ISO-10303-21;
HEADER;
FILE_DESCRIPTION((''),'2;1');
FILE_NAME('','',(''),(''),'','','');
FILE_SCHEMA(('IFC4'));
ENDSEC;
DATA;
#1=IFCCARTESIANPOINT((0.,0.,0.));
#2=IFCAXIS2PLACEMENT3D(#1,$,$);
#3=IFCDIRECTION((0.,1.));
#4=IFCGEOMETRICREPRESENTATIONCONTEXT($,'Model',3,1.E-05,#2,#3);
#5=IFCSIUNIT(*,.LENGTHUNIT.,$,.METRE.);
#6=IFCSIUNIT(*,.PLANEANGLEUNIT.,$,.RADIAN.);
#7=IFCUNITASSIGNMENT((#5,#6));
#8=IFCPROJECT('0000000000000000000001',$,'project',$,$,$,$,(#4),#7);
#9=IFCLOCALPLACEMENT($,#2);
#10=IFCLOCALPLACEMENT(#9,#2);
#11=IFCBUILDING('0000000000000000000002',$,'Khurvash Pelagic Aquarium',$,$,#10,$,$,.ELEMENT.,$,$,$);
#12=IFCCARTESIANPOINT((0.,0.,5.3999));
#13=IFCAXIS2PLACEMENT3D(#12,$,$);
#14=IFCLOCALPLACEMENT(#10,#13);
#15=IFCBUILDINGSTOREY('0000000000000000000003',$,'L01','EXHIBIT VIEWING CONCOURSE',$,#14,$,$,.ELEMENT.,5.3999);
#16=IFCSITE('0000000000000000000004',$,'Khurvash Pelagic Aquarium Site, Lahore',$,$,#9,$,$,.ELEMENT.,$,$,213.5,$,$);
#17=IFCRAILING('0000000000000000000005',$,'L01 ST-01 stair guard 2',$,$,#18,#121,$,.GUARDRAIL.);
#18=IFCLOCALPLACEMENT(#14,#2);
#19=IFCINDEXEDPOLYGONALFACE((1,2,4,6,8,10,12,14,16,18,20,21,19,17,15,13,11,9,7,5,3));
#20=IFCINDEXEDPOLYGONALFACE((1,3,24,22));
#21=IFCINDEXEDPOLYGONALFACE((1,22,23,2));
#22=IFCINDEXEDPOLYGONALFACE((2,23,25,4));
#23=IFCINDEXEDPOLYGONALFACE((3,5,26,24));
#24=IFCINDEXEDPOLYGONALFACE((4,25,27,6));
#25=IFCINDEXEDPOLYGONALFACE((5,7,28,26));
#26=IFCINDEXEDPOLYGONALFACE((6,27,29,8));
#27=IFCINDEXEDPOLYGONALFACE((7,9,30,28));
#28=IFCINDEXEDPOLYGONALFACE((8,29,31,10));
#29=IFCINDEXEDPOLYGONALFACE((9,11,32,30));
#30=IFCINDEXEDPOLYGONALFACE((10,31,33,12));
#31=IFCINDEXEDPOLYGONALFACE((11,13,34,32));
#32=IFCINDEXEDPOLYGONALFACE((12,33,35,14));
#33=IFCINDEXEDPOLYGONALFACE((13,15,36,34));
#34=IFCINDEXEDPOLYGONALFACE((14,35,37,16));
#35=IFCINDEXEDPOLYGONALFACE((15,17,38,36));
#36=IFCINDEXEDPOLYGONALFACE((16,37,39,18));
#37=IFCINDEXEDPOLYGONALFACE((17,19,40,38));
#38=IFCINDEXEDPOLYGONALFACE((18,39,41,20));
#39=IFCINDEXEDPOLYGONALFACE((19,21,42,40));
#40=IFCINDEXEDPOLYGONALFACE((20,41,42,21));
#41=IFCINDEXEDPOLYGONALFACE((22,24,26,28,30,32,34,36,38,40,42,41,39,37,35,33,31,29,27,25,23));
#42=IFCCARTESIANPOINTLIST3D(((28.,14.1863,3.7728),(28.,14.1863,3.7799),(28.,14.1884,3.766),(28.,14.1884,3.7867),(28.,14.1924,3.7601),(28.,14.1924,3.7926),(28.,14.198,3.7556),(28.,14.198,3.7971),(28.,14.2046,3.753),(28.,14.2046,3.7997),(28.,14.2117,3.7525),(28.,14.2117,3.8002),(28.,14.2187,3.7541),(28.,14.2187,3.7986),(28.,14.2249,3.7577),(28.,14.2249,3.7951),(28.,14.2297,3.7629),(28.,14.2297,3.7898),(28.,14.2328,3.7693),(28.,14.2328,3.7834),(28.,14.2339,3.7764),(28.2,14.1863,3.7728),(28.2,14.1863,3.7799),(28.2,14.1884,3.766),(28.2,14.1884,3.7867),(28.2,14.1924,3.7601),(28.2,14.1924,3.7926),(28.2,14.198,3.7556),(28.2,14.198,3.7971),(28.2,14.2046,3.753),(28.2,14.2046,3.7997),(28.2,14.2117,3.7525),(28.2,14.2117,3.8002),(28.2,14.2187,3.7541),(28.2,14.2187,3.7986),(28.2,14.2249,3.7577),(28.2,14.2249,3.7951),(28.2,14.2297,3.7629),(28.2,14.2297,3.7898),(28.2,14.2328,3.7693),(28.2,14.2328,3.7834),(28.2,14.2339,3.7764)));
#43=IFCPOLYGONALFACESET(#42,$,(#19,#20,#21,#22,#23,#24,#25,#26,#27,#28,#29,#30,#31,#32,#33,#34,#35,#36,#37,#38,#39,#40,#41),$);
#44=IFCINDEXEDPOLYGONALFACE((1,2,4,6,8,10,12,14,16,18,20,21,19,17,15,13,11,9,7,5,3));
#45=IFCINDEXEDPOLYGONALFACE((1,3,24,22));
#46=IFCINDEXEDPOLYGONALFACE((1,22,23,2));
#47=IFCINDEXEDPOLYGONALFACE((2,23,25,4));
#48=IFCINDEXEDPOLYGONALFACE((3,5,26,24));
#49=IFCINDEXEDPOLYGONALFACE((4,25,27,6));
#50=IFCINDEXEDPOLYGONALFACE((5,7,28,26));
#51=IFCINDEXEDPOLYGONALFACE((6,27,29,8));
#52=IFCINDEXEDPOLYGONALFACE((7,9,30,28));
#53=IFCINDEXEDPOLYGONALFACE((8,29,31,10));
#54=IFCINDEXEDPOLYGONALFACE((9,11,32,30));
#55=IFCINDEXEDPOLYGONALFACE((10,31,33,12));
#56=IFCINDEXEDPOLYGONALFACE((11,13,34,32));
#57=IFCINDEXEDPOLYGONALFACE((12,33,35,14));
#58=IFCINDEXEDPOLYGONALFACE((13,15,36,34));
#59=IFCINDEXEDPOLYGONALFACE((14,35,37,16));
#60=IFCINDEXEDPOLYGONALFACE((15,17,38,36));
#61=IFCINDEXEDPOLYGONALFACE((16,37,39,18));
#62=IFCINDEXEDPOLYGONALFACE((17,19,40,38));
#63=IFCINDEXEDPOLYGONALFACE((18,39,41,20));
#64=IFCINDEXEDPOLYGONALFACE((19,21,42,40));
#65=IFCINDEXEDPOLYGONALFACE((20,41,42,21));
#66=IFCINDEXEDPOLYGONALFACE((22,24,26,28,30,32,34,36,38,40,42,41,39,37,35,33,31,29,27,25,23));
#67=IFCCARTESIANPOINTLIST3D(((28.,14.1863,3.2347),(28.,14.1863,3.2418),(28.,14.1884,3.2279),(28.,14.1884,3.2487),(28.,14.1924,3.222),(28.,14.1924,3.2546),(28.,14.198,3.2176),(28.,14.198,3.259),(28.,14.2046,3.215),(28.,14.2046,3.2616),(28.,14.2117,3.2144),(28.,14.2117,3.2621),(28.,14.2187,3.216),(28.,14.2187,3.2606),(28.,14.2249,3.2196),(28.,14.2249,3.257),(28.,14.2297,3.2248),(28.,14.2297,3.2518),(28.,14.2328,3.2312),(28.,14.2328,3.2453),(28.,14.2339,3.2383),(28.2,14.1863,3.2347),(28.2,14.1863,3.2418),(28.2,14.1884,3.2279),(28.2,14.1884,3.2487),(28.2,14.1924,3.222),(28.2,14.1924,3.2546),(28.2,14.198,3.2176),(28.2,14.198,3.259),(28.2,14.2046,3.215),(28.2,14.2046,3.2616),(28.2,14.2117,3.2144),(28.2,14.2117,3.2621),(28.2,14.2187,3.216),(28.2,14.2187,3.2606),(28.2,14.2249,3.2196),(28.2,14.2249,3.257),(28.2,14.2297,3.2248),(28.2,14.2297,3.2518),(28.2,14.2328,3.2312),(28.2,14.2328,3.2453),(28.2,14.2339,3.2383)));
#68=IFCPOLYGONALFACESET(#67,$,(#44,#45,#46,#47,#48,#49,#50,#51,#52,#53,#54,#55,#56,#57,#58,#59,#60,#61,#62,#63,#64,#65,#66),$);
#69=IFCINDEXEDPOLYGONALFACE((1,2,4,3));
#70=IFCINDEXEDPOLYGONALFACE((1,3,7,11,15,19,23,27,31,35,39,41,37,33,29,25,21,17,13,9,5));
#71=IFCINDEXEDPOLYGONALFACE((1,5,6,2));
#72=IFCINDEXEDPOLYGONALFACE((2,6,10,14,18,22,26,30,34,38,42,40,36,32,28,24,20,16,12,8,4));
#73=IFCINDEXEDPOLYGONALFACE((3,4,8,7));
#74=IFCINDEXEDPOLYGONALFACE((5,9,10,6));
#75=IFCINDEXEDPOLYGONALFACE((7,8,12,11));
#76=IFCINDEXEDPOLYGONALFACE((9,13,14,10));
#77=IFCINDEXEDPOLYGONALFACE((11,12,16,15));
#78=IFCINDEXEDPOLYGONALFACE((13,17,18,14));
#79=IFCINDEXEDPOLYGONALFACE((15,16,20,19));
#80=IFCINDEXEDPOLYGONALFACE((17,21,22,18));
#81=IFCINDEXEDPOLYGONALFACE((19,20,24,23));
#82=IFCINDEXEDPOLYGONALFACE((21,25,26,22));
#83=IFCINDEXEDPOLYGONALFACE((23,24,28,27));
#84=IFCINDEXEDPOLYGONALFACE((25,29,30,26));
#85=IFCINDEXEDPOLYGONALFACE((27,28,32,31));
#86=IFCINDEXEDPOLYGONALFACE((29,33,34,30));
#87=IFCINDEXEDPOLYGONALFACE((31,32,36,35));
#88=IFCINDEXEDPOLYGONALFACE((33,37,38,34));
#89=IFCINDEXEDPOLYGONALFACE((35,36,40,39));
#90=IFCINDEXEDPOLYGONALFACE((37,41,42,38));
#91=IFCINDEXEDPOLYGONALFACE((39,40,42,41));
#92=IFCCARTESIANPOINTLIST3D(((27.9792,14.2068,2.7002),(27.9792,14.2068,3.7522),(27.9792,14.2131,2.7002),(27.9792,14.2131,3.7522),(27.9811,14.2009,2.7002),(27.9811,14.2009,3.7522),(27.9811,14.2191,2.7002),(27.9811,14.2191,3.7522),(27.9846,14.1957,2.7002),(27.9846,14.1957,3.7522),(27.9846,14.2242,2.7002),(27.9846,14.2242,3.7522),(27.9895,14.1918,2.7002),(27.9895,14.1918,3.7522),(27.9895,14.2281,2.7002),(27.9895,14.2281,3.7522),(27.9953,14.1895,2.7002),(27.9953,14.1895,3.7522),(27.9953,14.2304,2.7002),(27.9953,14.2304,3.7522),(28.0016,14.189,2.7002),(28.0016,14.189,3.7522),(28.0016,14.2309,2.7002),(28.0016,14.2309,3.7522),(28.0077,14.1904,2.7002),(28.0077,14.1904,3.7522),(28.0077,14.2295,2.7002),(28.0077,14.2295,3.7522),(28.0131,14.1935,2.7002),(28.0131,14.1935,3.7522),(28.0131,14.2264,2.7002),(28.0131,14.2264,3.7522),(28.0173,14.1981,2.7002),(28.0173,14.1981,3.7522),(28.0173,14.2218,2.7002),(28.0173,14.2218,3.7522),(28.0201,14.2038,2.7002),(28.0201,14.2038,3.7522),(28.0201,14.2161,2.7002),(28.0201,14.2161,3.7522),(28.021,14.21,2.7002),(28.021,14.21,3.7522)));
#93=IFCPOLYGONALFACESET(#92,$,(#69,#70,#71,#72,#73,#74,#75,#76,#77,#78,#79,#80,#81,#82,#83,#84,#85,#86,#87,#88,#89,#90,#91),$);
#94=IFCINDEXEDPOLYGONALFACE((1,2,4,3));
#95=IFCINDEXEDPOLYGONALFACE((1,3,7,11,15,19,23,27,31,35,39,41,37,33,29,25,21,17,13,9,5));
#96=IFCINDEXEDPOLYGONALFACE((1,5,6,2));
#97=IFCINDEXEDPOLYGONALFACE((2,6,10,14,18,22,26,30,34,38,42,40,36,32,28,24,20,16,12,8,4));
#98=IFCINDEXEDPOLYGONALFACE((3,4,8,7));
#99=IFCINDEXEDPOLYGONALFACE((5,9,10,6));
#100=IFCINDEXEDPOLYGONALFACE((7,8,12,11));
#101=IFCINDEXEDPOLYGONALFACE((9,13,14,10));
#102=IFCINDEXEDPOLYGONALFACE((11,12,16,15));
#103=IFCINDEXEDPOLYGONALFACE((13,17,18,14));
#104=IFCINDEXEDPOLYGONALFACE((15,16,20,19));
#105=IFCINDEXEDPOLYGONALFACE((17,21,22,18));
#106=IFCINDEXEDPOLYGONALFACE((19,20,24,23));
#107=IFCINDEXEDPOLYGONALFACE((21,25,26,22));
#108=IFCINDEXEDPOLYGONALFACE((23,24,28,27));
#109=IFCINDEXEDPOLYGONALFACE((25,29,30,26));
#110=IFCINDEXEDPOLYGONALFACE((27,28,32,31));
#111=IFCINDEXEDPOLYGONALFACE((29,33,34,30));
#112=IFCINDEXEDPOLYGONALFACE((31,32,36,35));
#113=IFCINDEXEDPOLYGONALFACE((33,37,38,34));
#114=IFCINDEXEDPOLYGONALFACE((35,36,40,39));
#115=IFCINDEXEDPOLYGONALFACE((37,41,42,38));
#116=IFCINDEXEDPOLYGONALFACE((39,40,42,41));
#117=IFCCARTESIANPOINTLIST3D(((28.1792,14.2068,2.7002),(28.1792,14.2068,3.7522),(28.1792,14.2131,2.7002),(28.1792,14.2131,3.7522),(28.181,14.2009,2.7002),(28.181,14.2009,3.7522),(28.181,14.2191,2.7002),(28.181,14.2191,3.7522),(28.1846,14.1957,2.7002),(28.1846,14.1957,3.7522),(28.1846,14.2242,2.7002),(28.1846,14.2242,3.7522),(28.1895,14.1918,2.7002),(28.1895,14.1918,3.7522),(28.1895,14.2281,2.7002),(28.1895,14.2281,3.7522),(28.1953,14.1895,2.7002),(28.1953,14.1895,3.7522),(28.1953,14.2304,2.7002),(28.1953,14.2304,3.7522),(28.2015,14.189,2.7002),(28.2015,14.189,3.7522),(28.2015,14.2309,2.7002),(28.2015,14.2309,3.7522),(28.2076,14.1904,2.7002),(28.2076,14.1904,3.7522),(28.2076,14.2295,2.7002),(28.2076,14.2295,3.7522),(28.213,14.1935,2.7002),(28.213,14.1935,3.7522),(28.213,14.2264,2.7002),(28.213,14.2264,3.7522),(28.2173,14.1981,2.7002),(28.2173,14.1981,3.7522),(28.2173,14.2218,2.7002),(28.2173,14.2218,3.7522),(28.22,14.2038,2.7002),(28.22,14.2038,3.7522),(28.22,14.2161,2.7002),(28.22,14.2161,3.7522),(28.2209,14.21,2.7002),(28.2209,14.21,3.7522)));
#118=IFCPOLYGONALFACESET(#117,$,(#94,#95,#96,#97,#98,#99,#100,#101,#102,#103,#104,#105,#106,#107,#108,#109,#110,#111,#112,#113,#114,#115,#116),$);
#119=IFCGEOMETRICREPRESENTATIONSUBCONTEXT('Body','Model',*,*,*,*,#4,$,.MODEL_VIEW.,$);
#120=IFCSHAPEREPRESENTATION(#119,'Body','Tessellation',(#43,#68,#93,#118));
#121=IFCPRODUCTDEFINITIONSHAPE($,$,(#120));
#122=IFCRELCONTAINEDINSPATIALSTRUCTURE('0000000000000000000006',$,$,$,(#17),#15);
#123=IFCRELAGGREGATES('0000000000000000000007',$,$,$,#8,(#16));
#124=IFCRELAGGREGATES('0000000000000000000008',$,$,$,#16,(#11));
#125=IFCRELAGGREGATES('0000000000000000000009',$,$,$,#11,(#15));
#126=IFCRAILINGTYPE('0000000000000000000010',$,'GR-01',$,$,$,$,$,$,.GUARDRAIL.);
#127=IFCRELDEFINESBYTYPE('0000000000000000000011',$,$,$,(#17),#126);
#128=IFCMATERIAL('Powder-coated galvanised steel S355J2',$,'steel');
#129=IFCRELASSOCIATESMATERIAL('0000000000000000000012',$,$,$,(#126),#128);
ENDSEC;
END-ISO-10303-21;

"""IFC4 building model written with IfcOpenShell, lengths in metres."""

from ifc_helpers import new_model, si_unit, direction, frame, origin, origin_2d, place, context, subcontext, project, spatial, circle, extrude, material, type_object, element, save


model = new_model("IFC4")

# Units and contexts
model_context = context("Model", 3, precision=1e-05, world=origin(), true_north=direction((0.0, 1.0)))
body_context = subcontext(model_context, "Body", "Model", "MODEL_VIEW")
ifc_project = project(units=[si_unit("LENGTHUNIT", "METRE"), si_unit("PLANEANGLEUNIT", "RADIAN")], contexts=[model_context])

# Site, building, storey
site_placement = place(None, origin())
site = spatial("IfcSite", under=ifc_project, at=site_placement, Name="Khurvash Pelagic Aquarium Site, Lahore", CompositionType="ELEMENT", RefElevation=213.5)
building_placement = place(site_placement, origin())
building = spatial("IfcBuilding", under=site, at=building_placement, Name="Khurvash Pelagic Aquarium", CompositionType="ELEMENT")
storey_placement = place(building_placement, frame((0.0, 0.0, 5.3999)))
storey = spatial("IfcBuildingStorey", under=building, at=storey_placement, Name="L01", Description="EXHIBIT VIEWING CONCOURSE", CompositionType="ELEMENT", Elevation=5.3999)

# Railing
ifc_material_1 = material(Name="Powder-coated galvanised steel S355J2", Category="steel")
railing_type_1 = type_object("IfcRailingType", Name="GR-01", PredefinedType="GUARDRAIL", material=ifc_material_1)
railing_1_placement = place(storey_placement, frame((28.0, 14.21, 2.7002)))
element("IfcRailing", 1, at=railing_1_placement, inside=storey, type_object=railing_type_1, Name="L01 ST-01 stair guard 2", PredefinedType="GUARDRAIL", context=body_context, shape_type="SweptSolid", body=[
    extrude(circle(Radius=0.0239, at=origin_2d()), frame((0.0, 0.0, 1.0762), z_axis=(1.0, 0.0, 0.0), x_axis=(0.0, 1.0, 0.0)), (0.0, 0.0, 1.0), 0.2),
    extrude(circle(Radius=0.0239, at=origin_2d()), frame((0.0, 0.0, 0.5381), z_axis=(1.0, 0.0, 0.0), x_axis=(0.0, 1.0, 0.0)), (0.0, 0.0, 1.0), 0.2),
    extrude(circle(Radius=0.021, at=origin_2d()), origin(), (0.0, 0.0, 1.0), 1.052),
    extrude(circle(Radius=0.021, at=origin_2d()), frame((0.2, 0.0, 0.0)), (0.0, 0.0, 1.0), 1.052),
])

save(model, "model.ifc")
